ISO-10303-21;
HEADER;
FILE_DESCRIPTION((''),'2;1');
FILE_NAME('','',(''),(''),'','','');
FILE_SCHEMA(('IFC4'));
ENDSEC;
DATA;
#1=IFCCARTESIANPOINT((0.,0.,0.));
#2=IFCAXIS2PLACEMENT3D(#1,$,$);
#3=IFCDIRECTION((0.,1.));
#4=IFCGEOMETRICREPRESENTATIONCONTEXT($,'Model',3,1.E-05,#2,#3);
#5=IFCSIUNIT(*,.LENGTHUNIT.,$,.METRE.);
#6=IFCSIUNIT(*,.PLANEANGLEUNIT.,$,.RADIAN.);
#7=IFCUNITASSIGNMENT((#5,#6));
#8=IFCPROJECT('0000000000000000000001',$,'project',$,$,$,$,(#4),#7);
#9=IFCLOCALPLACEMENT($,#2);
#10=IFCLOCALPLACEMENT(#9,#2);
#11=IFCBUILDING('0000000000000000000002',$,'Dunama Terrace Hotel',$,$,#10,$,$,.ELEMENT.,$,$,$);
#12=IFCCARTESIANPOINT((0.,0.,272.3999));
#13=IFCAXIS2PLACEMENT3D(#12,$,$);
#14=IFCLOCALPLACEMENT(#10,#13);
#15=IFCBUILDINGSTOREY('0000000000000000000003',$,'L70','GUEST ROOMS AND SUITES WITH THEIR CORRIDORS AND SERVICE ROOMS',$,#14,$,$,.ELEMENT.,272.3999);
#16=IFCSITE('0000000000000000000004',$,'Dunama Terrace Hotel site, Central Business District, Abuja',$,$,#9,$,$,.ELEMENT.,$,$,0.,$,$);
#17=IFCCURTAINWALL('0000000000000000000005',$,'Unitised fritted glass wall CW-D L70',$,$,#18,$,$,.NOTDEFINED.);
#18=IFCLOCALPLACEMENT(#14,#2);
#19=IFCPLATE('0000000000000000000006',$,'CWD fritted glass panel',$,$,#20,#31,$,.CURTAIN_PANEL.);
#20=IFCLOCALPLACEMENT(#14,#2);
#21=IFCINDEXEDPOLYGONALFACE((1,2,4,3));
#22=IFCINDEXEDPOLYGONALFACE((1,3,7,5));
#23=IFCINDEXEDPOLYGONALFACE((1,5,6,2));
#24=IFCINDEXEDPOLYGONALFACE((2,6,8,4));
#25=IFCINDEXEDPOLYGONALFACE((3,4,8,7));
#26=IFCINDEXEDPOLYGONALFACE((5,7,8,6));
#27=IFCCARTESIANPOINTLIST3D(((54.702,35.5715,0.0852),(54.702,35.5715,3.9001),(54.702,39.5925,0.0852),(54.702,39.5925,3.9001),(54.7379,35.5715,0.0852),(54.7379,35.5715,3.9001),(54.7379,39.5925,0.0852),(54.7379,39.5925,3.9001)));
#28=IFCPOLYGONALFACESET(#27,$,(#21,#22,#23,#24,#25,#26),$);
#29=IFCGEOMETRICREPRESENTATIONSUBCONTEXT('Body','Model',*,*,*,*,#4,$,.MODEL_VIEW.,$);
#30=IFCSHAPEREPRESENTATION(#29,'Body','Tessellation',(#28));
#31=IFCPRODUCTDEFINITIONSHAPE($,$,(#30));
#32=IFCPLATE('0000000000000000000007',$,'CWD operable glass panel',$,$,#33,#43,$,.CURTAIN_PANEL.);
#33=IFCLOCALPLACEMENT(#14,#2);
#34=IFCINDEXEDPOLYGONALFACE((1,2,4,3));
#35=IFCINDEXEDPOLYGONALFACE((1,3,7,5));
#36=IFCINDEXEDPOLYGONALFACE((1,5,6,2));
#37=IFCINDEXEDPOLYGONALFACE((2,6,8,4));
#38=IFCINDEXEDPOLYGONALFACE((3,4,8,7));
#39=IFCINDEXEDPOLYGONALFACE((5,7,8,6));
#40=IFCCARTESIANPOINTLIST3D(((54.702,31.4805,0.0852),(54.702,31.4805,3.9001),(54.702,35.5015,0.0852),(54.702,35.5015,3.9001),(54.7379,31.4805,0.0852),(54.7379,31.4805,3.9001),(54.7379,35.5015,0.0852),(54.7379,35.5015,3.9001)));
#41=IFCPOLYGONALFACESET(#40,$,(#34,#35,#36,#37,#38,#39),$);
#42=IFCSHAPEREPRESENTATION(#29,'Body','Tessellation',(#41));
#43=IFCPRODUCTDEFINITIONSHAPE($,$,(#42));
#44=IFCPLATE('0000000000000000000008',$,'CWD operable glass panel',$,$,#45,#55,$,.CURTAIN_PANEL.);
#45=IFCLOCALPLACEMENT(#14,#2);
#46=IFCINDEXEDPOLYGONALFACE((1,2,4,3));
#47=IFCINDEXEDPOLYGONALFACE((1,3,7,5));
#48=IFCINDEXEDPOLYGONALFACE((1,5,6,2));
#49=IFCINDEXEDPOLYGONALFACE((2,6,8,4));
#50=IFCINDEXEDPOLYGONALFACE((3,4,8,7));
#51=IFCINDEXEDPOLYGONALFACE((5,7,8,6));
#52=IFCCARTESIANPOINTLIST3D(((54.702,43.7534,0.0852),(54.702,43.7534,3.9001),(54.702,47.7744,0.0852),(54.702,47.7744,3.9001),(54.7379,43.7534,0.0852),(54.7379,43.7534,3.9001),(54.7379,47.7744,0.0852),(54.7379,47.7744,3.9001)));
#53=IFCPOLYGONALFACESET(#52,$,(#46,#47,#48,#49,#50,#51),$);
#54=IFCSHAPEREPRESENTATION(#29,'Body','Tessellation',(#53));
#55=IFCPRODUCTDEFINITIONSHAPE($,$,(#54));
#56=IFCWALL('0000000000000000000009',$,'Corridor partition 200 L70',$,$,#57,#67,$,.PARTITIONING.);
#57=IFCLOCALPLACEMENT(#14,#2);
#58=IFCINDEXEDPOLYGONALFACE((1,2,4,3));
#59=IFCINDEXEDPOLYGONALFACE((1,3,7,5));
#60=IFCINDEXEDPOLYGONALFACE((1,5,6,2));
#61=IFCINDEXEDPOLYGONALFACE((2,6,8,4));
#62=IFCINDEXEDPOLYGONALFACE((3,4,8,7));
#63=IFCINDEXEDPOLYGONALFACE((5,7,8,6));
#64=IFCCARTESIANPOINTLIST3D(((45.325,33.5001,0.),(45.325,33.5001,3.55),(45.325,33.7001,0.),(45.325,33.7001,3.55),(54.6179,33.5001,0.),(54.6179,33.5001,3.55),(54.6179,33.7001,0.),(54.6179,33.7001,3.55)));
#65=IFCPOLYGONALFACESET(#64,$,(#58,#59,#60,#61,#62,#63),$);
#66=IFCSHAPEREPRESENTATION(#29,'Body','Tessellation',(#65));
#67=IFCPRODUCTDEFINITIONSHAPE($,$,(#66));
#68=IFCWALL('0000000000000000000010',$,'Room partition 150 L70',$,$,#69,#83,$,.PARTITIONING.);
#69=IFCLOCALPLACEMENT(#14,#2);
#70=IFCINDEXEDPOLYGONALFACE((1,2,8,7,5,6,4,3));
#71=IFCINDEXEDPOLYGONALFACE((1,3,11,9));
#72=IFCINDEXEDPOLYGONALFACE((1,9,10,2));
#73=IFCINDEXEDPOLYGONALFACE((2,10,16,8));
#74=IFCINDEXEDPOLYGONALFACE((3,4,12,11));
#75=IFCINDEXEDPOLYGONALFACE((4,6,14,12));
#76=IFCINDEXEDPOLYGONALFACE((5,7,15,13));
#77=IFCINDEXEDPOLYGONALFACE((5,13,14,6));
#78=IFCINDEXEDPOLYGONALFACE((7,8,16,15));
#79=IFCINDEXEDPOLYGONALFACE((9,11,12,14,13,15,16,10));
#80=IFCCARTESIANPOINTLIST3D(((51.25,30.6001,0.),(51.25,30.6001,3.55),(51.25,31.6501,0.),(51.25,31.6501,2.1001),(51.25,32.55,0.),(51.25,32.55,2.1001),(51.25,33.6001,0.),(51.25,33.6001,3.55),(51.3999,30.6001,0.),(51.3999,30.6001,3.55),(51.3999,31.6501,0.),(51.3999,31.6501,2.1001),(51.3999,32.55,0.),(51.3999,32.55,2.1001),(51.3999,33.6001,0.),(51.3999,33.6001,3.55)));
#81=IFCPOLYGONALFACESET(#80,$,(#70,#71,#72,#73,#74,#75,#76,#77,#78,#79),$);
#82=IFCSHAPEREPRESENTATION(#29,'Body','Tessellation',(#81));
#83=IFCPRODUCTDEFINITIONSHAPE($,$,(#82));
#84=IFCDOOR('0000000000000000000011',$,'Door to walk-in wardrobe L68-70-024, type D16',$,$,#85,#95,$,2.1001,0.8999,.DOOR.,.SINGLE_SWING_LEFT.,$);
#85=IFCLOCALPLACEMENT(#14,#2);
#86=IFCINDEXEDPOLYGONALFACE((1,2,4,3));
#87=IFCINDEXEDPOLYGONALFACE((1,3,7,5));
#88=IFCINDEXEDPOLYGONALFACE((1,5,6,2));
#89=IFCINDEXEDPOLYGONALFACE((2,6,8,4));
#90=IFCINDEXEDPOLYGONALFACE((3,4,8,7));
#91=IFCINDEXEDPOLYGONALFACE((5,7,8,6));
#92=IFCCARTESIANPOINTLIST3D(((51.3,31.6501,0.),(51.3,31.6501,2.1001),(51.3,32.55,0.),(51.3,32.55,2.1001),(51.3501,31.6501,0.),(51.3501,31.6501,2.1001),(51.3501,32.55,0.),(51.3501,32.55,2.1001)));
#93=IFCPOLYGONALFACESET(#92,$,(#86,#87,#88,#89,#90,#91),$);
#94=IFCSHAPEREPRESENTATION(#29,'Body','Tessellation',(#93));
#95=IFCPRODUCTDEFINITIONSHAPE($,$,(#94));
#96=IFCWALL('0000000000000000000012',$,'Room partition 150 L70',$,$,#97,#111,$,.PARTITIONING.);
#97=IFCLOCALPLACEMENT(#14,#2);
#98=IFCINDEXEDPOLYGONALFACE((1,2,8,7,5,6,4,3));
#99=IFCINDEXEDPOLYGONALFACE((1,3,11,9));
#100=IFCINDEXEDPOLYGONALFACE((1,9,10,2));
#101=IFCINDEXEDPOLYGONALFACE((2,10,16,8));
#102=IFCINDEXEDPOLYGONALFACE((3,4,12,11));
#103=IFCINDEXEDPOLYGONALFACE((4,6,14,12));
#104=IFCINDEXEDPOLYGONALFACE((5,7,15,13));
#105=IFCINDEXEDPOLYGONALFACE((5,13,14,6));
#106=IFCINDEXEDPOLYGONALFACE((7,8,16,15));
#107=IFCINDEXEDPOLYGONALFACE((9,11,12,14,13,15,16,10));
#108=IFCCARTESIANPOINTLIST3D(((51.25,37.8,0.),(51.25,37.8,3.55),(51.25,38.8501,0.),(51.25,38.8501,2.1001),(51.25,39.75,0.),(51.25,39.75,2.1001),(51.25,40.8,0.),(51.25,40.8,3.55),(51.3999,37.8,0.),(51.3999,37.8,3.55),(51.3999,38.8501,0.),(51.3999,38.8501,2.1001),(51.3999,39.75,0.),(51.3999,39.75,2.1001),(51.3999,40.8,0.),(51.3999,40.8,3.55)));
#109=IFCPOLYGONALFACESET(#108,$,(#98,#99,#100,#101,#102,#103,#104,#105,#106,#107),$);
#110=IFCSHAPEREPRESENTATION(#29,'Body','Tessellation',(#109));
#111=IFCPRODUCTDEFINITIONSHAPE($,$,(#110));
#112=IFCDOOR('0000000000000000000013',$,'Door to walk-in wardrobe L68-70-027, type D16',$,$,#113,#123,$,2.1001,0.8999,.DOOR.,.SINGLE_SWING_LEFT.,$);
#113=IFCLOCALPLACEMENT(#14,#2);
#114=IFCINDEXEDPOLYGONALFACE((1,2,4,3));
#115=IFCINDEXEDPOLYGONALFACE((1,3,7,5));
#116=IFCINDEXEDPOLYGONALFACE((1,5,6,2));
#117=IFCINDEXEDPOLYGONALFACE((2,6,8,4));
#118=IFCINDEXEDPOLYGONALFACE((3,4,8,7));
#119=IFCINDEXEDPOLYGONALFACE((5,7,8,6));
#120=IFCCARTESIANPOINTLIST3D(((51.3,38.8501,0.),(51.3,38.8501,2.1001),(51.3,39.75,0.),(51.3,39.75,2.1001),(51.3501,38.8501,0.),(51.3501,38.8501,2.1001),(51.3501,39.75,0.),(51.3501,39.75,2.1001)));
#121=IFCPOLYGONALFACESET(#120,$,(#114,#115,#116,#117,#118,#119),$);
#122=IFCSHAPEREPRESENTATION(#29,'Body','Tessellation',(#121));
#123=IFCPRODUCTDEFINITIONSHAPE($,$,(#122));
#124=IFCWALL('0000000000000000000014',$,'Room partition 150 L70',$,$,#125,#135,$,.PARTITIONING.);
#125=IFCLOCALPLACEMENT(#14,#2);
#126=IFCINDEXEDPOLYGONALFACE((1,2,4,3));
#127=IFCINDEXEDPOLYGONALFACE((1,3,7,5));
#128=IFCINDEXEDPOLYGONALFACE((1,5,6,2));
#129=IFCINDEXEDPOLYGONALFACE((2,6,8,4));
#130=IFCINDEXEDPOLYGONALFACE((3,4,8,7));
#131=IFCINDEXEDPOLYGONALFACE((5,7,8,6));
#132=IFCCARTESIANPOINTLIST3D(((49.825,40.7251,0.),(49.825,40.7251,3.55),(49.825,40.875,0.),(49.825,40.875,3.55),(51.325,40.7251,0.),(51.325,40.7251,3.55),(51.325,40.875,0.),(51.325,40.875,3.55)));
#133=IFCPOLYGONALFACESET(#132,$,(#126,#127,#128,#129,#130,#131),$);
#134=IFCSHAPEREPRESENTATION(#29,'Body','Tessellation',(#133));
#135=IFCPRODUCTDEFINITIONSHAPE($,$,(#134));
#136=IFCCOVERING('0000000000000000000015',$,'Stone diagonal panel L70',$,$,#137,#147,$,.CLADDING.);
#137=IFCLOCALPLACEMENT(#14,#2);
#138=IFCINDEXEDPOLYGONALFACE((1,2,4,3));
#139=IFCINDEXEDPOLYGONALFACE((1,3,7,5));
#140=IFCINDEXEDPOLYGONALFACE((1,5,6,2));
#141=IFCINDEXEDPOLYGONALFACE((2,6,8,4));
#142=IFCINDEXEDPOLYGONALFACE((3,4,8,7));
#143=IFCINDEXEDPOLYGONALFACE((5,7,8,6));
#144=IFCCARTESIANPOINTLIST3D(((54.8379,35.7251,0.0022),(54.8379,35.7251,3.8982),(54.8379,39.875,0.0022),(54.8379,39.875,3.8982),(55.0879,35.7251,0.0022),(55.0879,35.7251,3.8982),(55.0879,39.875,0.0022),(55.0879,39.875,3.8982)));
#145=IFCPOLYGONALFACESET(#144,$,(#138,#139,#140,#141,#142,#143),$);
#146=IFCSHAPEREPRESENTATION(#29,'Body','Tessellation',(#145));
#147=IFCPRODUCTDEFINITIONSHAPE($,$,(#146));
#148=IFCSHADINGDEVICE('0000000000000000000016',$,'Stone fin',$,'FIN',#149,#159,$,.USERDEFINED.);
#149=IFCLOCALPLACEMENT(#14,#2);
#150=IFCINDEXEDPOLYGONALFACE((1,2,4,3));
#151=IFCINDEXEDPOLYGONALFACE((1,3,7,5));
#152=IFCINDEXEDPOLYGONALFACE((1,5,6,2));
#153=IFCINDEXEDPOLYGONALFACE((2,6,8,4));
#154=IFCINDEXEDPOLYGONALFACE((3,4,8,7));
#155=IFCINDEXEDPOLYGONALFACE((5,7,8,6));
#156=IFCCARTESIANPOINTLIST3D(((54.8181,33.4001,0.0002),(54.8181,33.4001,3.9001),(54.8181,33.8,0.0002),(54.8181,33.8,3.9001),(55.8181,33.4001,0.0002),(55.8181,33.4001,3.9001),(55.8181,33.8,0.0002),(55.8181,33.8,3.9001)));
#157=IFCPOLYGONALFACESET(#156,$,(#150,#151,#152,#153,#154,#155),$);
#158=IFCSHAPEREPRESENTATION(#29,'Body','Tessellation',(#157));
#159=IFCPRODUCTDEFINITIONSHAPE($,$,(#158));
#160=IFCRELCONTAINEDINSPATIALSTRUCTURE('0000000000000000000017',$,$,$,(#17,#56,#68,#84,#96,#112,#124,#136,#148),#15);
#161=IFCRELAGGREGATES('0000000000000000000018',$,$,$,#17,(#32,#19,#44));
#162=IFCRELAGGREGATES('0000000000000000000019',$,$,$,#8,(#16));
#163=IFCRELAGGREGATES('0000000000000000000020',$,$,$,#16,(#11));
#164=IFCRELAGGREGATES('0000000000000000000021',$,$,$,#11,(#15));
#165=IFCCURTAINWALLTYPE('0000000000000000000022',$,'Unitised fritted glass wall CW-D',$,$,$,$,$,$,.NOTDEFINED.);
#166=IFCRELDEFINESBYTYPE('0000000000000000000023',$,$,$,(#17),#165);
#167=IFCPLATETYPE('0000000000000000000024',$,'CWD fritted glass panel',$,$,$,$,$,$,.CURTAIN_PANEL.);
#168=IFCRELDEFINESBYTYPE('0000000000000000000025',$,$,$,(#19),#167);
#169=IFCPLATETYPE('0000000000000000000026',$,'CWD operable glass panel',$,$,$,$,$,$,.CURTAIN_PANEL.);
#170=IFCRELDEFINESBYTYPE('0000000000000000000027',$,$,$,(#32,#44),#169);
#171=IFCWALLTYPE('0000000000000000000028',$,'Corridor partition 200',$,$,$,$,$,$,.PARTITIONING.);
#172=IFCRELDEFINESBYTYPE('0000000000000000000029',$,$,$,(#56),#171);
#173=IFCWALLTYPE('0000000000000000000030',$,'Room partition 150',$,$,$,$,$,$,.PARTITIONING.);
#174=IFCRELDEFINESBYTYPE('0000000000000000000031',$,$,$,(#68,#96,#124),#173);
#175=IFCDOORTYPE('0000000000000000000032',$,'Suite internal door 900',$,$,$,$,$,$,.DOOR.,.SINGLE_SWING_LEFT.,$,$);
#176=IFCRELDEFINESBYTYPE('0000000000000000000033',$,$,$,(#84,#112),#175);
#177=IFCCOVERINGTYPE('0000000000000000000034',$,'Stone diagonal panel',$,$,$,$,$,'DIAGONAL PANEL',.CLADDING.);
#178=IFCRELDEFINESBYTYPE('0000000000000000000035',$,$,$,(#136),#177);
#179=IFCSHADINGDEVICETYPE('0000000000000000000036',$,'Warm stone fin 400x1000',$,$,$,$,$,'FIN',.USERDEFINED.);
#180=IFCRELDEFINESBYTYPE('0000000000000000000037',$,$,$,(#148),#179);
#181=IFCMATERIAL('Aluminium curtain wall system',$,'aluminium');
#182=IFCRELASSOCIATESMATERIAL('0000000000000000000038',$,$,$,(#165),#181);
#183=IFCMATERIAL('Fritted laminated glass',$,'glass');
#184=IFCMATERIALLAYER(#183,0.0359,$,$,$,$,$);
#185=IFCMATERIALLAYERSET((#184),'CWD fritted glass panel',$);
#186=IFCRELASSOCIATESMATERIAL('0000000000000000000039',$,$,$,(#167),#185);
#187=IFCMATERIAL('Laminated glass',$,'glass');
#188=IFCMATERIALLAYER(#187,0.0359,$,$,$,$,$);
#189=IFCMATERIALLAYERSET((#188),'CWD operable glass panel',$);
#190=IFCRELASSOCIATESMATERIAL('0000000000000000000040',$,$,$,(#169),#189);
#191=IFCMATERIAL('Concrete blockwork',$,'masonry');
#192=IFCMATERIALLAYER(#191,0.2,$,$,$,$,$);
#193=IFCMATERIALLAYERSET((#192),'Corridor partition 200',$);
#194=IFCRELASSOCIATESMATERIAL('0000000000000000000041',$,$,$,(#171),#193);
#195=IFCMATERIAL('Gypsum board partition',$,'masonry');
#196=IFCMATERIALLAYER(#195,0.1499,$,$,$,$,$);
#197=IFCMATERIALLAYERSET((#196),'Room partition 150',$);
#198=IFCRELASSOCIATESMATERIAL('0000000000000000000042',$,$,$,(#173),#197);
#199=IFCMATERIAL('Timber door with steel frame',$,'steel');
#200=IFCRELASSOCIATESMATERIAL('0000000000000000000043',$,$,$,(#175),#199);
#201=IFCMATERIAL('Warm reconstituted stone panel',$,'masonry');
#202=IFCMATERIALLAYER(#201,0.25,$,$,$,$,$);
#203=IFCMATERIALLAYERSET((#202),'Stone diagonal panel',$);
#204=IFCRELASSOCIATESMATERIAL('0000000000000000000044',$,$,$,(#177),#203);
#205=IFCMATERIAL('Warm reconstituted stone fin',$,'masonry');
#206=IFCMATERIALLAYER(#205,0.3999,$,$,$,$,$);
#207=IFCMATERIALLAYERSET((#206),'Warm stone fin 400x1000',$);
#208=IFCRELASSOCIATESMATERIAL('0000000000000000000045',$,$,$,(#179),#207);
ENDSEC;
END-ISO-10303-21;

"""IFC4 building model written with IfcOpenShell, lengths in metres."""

from ifc_helpers import new_model, si_unit, direction, frame, frame_2d, origin, origin_2d, place, context, subcontext, project, spatial, rectangle, extrude, material, layer, layer_set, type_object, element, fill, aggregate, save


model = new_model("IFC4")

# Units and contexts
model_context = context("Model", 3, precision=1e-05, world=origin(), true_north=direction((0.0, 1.0)))
body_context = subcontext(model_context, "Body", "Model", "MODEL_VIEW")
ifc_project = project(units=[si_unit("LENGTHUNIT", "METRE"), si_unit("PLANEANGLEUNIT", "RADIAN")], contexts=[model_context])

# Site, building, storey
site_placement = place(None, origin())
site = spatial("IfcSite", under=ifc_project, at=site_placement, Name="Dunama Terrace Hotel site, Central Business District, Abuja", CompositionType="ELEMENT", RefElevation=0.0)
building_placement = place(site_placement, origin())
building = spatial("IfcBuilding", under=site, at=building_placement, Name="Dunama Terrace Hotel", CompositionType="ELEMENT")
storey_placement = place(building_placement, frame((0.0, 0.0, 272.3999)))
storey = spatial("IfcBuildingStorey", under=building, at=storey_placement, Name="L70", Description="GUEST ROOMS AND SUITES WITH THEIR CORRIDORS AND SERVICE ROOMS", CompositionType="ELEMENT", Elevation=272.3999)

# Curtain wall
ifc_material_1 = material(Name="Aluminium curtain wall system", Category="aluminium")
curtain_wall_type = type_object("IfcCurtainWallType", Name="Unitised fritted glass wall CW-D", PredefinedType="NOTDEFINED", material=ifc_material_1)
curtain_wall_placement = place(storey_placement, origin())
curtain_wall = element("IfcCurtainWall", 1, at=curtain_wall_placement, inside=storey, type_object=curtain_wall_type, Name="Unitised fritted glass wall CW-D L70", PredefinedType="NOTDEFINED")

# Plates
ifc_material_2 = material(Name="Fritted laminated glass", Category="glass")
ifc_layer_1 = layer(ifc_material_2, 0.0359)
ifc_layer_set_1 = layer_set([ifc_layer_1], Name="CWD fritted glass panel")
plate_type_1 = type_object("IfcPlateType", Name="CWD fritted glass panel", PredefinedType="CURTAIN_PANEL", material=ifc_layer_set_1)
plate_1_placement = place(storey_placement, frame((54.72, 37.582, 0.0852), z_axis=(0.0, 0.0, 1.0), x_axis=(0.0, 1.0, 0.0)))
plate_1 = element("IfcPlate", 2, at=plate_1_placement, type_object=plate_type_1, Name="CWD fritted glass panel", PredefinedType="CURTAIN_PANEL", context=body_context, shape_type="SweptSolid", body=[
    extrude(rectangle(XDim=4.021, YDim=0.0359, at=origin_2d()), origin(), (0.0, 0.0, 1.0), 3.8149),
])
ifc_material_3 = material(Name="Laminated glass", Category="glass")
ifc_layer_2 = layer(ifc_material_3, 0.0359)
ifc_layer_set_2 = layer_set([ifc_layer_2], Name="CWD operable glass panel")
plate_type_2 = type_object("IfcPlateType", Name="CWD operable glass panel", PredefinedType="CURTAIN_PANEL", material=ifc_layer_set_2)
plate_2_placement = place(storey_placement, frame((54.72, 33.491, 0.0852), z_axis=(0.0, 0.0, 1.0), x_axis=(0.0, 1.0, 0.0)))
plate_2 = element("IfcPlate", 3, at=plate_2_placement, type_object=plate_type_2, Name="CWD operable glass panel", PredefinedType="CURTAIN_PANEL", context=body_context, shape_type="SweptSolid", body=[
    extrude(rectangle(XDim=4.021, YDim=0.0359, at=origin_2d()), origin(), (0.0, 0.0, 1.0), 3.8149),
])
plate_3_placement = place(storey_placement, frame((54.72, 45.7639, 0.0852), z_axis=(0.0, 0.0, 1.0), x_axis=(0.0, 1.0, 0.0)))
plate_3 = element("IfcPlate", 4, at=plate_3_placement, type_object=plate_type_2, Name="CWD operable glass panel", PredefinedType="CURTAIN_PANEL", context=body_context, shape_type="SweptSolid", body=[
    extrude(rectangle(XDim=4.021, YDim=0.0359, at=origin_2d()), origin(), (0.0, 0.0, 1.0), 3.8149),
])
aggregate(curtain_wall, [plate_2, plate_1, plate_3])

# Wall
ifc_material_4 = material(Name="Concrete blockwork", Category="masonry")
ifc_layer_3 = layer(ifc_material_4, 0.2)
ifc_layer_set_3 = layer_set([ifc_layer_3], Name="Corridor partition 200")
wall_type_1 = type_object("IfcWallType", Name="Corridor partition 200", PredefinedType="PARTITIONING", material=ifc_layer_set_3)
wall_1_placement = place(storey_placement, frame((54.6179, 33.6001, 0.0), z_axis=(0.0, 0.0, 1.0), x_axis=(-1.0, 0.0, 0.0)))
element("IfcWall", 5, at=wall_1_placement, inside=storey, type_object=wall_type_1, Name="Corridor partition 200 L70", PredefinedType="PARTITIONING", context=body_context, shape_type="SweptSolid", body=[
    extrude(rectangle(XDim=9.293, YDim=0.2, at=frame_2d((4.6465, 0.0))), origin(), (0.0, 0.0, 1.0), 3.55),
])

# Walls, openings, doors
ifc_material_5 = material(Name="Gypsum board partition", Category="masonry")
ifc_layer_4 = layer(ifc_material_5, 0.1499)
ifc_layer_set_4 = layer_set([ifc_layer_4], Name="Room partition 150")
wall_type_2 = type_object("IfcWallType", Name="Room partition 150", PredefinedType="PARTITIONING", material=ifc_layer_set_4)
wall_2_placement = place(storey_placement, frame((51.325, 30.6001, 0.0), z_axis=(0.0, 0.0, 1.0), x_axis=(0.0, 1.0, 0.0)))
wall_2 = element("IfcWall", 6, at=wall_2_placement, inside=storey, type_object=wall_type_2, Name="Room partition 150 L70", PredefinedType="PARTITIONING", context=body_context, shape_type="SweptSolid", body=[
    extrude(rectangle(XDim=3.0, YDim=0.1499, at=frame_2d((1.5, 0.0))), origin(), (0.0, 0.0, 1.0), 3.55),
])
opening_1_placement = place(wall_2_placement, frame((1.05, 0.0, 0.0)))
opening_1 = element("IfcOpeningElement", 7, at=opening_1_placement, cuts=wall_2, PredefinedType="OPENING", context=body_context, shape_type="SweptSolid", body=[
    extrude(rectangle(XDim=0.8999, YDim=2.1001, at=frame_2d((0.45, 1.05))), frame((0.0, 0.085, 0.0), z_axis=(0.0, -1.0, 0.0), x_axis=(1.0, 0.0, 0.0)), (0.0, 0.0, 1.0), 0.1699),
])
ifc_material_6 = material(Name="Timber door with steel frame", Category="steel")
door_type = type_object("IfcDoorType", Name="Suite internal door 900", OperationType="SINGLE_SWING_LEFT", PredefinedType="DOOR", material=ifc_material_6)
door_1_placement = place(opening_1_placement, origin())
door_1 = element("IfcDoor", 8, at=door_1_placement, inside=storey, type_object=door_type, Name="Door to walk-in wardrobe L68-70-024, type D16", OperationType="SINGLE_SWING_LEFT", OverallHeight=2.1001, OverallWidth=0.8999, PredefinedType="DOOR", context=body_context, shape_type="SweptSolid", body=[
    extrude(rectangle(XDim=0.8999, YDim=2.1001, at=frame_2d((0.45, 1.05))), frame((0.0, 0.0249, 0.0), z_axis=(0.0, -1.0, 0.0), x_axis=(1.0, 0.0, 0.0)), (0.0, 0.0, 1.0), 0.05),
])
fill(opening_1, door_1)
wall_3_placement = place(storey_placement, frame((51.325, 37.8, 0.0), z_axis=(0.0, 0.0, 1.0), x_axis=(0.0, 1.0, 0.0)))
wall_3 = element("IfcWall", 9, at=wall_3_placement, inside=storey, type_object=wall_type_2, Name="Room partition 150 L70", PredefinedType="PARTITIONING", context=body_context, shape_type="SweptSolid", body=[
    extrude(rectangle(XDim=3.0, YDim=0.1499, at=frame_2d((1.5, 0.0))), origin(), (0.0, 0.0, 1.0), 3.55),
])
opening_2_placement = place(wall_3_placement, frame((1.05, 0.0, 0.0)))
opening_2 = element("IfcOpeningElement", 10, at=opening_2_placement, cuts=wall_3, PredefinedType="OPENING", context=body_context, shape_type="SweptSolid", body=[
    extrude(rectangle(XDim=0.8999, YDim=2.1001, at=frame_2d((0.45, 1.05))), frame((0.0, 0.085, 0.0), z_axis=(0.0, -1.0, 0.0), x_axis=(1.0, 0.0, 0.0)), (0.0, 0.0, 1.0), 0.1699),
])
door_2_placement = place(opening_2_placement, origin())
door_2 = element("IfcDoor", 11, at=door_2_placement, inside=storey, type_object=door_type, Name="Door to walk-in wardrobe L68-70-027, type D16", OperationType="SINGLE_SWING_LEFT", OverallHeight=2.1001, OverallWidth=0.8999, PredefinedType="DOOR", context=body_context, shape_type="SweptSolid", body=[
    extrude(rectangle(XDim=0.8999, YDim=2.1001, at=frame_2d((0.45, 1.05))), frame((0.0, 0.0249, 0.0), z_axis=(0.0, -1.0, 0.0), x_axis=(1.0, 0.0, 0.0)), (0.0, 0.0, 1.0), 0.05),
])
fill(opening_2, door_2)

# Wall
wall_4_placement = place(storey_placement, frame((49.825, 40.8, 0.0), z_axis=(0.0, 0.0, 1.0), x_axis=(1.0, 0.0, 0.0)))
element("IfcWall", 12, at=wall_4_placement, inside=storey, type_object=wall_type_2, Name="Room partition 150 L70", PredefinedType="PARTITIONING", context=body_context, shape_type="SweptSolid", body=[
    extrude(rectangle(XDim=1.5, YDim=0.1499, at=frame_2d((0.75, 0.0))), origin(), (0.0, 0.0, 1.0), 3.55),
])

# Covering
ifc_material_7 = material(Name="Warm reconstituted stone panel", Category="masonry")
ifc_layer_5 = layer(ifc_material_7, 0.25)
ifc_layer_set_5 = layer_set([ifc_layer_5], Name="Stone diagonal panel")
covering_type = type_object("IfcCoveringType", Name="Stone diagonal panel", ElementType="DIAGONAL PANEL", PredefinedType="CLADDING", material=ifc_layer_set_5)
covering_placement = place(storey_placement, frame((54.9629, 37.8, 0.0022), z_axis=(0.0, 0.0, 1.0), x_axis=(0.0, 1.0, 0.0)))
element("IfcCovering", 13, at=covering_placement, inside=storey, type_object=covering_type, Name="Stone diagonal panel L70", PredefinedType="CLADDING", context=body_context, shape_type="SweptSolid", body=[
    extrude(rectangle(XDim=4.1499, YDim=0.25, at=origin_2d()), origin(), (0.0, 0.0, 1.0), 3.896),
])

# Shading device
ifc_material_8 = material(Name="Warm reconstituted stone fin", Category="masonry")
ifc_layer_6 = layer(ifc_material_8, 0.3999)
ifc_layer_set_6 = layer_set([ifc_layer_6], Name="Warm stone fin 400x1000")
shading_device_type = type_object("IfcShadingDeviceType", Name="Warm stone fin 400x1000", ElementType="FIN", PredefinedType="USERDEFINED", material=ifc_layer_set_6)
shading_device_placement = place(storey_placement, frame((55.3181, 33.6001, 0.0002), z_axis=(0.0, 0.0, 1.0), x_axis=(0.0, 1.0, 0.0)))
element("IfcShadingDevice", 14, at=shading_device_placement, inside=storey, type_object=shading_device_type, Name="Stone fin", ObjectType="FIN", PredefinedType="USERDEFINED", context=body_context, shape_type="SweptSolid", body=[
    extrude(rectangle(XDim=0.3999, YDim=1.0, at=origin_2d()), origin(), (0.0, 0.0, 1.0), 3.8999),
])

save(model, "model.ifc")
